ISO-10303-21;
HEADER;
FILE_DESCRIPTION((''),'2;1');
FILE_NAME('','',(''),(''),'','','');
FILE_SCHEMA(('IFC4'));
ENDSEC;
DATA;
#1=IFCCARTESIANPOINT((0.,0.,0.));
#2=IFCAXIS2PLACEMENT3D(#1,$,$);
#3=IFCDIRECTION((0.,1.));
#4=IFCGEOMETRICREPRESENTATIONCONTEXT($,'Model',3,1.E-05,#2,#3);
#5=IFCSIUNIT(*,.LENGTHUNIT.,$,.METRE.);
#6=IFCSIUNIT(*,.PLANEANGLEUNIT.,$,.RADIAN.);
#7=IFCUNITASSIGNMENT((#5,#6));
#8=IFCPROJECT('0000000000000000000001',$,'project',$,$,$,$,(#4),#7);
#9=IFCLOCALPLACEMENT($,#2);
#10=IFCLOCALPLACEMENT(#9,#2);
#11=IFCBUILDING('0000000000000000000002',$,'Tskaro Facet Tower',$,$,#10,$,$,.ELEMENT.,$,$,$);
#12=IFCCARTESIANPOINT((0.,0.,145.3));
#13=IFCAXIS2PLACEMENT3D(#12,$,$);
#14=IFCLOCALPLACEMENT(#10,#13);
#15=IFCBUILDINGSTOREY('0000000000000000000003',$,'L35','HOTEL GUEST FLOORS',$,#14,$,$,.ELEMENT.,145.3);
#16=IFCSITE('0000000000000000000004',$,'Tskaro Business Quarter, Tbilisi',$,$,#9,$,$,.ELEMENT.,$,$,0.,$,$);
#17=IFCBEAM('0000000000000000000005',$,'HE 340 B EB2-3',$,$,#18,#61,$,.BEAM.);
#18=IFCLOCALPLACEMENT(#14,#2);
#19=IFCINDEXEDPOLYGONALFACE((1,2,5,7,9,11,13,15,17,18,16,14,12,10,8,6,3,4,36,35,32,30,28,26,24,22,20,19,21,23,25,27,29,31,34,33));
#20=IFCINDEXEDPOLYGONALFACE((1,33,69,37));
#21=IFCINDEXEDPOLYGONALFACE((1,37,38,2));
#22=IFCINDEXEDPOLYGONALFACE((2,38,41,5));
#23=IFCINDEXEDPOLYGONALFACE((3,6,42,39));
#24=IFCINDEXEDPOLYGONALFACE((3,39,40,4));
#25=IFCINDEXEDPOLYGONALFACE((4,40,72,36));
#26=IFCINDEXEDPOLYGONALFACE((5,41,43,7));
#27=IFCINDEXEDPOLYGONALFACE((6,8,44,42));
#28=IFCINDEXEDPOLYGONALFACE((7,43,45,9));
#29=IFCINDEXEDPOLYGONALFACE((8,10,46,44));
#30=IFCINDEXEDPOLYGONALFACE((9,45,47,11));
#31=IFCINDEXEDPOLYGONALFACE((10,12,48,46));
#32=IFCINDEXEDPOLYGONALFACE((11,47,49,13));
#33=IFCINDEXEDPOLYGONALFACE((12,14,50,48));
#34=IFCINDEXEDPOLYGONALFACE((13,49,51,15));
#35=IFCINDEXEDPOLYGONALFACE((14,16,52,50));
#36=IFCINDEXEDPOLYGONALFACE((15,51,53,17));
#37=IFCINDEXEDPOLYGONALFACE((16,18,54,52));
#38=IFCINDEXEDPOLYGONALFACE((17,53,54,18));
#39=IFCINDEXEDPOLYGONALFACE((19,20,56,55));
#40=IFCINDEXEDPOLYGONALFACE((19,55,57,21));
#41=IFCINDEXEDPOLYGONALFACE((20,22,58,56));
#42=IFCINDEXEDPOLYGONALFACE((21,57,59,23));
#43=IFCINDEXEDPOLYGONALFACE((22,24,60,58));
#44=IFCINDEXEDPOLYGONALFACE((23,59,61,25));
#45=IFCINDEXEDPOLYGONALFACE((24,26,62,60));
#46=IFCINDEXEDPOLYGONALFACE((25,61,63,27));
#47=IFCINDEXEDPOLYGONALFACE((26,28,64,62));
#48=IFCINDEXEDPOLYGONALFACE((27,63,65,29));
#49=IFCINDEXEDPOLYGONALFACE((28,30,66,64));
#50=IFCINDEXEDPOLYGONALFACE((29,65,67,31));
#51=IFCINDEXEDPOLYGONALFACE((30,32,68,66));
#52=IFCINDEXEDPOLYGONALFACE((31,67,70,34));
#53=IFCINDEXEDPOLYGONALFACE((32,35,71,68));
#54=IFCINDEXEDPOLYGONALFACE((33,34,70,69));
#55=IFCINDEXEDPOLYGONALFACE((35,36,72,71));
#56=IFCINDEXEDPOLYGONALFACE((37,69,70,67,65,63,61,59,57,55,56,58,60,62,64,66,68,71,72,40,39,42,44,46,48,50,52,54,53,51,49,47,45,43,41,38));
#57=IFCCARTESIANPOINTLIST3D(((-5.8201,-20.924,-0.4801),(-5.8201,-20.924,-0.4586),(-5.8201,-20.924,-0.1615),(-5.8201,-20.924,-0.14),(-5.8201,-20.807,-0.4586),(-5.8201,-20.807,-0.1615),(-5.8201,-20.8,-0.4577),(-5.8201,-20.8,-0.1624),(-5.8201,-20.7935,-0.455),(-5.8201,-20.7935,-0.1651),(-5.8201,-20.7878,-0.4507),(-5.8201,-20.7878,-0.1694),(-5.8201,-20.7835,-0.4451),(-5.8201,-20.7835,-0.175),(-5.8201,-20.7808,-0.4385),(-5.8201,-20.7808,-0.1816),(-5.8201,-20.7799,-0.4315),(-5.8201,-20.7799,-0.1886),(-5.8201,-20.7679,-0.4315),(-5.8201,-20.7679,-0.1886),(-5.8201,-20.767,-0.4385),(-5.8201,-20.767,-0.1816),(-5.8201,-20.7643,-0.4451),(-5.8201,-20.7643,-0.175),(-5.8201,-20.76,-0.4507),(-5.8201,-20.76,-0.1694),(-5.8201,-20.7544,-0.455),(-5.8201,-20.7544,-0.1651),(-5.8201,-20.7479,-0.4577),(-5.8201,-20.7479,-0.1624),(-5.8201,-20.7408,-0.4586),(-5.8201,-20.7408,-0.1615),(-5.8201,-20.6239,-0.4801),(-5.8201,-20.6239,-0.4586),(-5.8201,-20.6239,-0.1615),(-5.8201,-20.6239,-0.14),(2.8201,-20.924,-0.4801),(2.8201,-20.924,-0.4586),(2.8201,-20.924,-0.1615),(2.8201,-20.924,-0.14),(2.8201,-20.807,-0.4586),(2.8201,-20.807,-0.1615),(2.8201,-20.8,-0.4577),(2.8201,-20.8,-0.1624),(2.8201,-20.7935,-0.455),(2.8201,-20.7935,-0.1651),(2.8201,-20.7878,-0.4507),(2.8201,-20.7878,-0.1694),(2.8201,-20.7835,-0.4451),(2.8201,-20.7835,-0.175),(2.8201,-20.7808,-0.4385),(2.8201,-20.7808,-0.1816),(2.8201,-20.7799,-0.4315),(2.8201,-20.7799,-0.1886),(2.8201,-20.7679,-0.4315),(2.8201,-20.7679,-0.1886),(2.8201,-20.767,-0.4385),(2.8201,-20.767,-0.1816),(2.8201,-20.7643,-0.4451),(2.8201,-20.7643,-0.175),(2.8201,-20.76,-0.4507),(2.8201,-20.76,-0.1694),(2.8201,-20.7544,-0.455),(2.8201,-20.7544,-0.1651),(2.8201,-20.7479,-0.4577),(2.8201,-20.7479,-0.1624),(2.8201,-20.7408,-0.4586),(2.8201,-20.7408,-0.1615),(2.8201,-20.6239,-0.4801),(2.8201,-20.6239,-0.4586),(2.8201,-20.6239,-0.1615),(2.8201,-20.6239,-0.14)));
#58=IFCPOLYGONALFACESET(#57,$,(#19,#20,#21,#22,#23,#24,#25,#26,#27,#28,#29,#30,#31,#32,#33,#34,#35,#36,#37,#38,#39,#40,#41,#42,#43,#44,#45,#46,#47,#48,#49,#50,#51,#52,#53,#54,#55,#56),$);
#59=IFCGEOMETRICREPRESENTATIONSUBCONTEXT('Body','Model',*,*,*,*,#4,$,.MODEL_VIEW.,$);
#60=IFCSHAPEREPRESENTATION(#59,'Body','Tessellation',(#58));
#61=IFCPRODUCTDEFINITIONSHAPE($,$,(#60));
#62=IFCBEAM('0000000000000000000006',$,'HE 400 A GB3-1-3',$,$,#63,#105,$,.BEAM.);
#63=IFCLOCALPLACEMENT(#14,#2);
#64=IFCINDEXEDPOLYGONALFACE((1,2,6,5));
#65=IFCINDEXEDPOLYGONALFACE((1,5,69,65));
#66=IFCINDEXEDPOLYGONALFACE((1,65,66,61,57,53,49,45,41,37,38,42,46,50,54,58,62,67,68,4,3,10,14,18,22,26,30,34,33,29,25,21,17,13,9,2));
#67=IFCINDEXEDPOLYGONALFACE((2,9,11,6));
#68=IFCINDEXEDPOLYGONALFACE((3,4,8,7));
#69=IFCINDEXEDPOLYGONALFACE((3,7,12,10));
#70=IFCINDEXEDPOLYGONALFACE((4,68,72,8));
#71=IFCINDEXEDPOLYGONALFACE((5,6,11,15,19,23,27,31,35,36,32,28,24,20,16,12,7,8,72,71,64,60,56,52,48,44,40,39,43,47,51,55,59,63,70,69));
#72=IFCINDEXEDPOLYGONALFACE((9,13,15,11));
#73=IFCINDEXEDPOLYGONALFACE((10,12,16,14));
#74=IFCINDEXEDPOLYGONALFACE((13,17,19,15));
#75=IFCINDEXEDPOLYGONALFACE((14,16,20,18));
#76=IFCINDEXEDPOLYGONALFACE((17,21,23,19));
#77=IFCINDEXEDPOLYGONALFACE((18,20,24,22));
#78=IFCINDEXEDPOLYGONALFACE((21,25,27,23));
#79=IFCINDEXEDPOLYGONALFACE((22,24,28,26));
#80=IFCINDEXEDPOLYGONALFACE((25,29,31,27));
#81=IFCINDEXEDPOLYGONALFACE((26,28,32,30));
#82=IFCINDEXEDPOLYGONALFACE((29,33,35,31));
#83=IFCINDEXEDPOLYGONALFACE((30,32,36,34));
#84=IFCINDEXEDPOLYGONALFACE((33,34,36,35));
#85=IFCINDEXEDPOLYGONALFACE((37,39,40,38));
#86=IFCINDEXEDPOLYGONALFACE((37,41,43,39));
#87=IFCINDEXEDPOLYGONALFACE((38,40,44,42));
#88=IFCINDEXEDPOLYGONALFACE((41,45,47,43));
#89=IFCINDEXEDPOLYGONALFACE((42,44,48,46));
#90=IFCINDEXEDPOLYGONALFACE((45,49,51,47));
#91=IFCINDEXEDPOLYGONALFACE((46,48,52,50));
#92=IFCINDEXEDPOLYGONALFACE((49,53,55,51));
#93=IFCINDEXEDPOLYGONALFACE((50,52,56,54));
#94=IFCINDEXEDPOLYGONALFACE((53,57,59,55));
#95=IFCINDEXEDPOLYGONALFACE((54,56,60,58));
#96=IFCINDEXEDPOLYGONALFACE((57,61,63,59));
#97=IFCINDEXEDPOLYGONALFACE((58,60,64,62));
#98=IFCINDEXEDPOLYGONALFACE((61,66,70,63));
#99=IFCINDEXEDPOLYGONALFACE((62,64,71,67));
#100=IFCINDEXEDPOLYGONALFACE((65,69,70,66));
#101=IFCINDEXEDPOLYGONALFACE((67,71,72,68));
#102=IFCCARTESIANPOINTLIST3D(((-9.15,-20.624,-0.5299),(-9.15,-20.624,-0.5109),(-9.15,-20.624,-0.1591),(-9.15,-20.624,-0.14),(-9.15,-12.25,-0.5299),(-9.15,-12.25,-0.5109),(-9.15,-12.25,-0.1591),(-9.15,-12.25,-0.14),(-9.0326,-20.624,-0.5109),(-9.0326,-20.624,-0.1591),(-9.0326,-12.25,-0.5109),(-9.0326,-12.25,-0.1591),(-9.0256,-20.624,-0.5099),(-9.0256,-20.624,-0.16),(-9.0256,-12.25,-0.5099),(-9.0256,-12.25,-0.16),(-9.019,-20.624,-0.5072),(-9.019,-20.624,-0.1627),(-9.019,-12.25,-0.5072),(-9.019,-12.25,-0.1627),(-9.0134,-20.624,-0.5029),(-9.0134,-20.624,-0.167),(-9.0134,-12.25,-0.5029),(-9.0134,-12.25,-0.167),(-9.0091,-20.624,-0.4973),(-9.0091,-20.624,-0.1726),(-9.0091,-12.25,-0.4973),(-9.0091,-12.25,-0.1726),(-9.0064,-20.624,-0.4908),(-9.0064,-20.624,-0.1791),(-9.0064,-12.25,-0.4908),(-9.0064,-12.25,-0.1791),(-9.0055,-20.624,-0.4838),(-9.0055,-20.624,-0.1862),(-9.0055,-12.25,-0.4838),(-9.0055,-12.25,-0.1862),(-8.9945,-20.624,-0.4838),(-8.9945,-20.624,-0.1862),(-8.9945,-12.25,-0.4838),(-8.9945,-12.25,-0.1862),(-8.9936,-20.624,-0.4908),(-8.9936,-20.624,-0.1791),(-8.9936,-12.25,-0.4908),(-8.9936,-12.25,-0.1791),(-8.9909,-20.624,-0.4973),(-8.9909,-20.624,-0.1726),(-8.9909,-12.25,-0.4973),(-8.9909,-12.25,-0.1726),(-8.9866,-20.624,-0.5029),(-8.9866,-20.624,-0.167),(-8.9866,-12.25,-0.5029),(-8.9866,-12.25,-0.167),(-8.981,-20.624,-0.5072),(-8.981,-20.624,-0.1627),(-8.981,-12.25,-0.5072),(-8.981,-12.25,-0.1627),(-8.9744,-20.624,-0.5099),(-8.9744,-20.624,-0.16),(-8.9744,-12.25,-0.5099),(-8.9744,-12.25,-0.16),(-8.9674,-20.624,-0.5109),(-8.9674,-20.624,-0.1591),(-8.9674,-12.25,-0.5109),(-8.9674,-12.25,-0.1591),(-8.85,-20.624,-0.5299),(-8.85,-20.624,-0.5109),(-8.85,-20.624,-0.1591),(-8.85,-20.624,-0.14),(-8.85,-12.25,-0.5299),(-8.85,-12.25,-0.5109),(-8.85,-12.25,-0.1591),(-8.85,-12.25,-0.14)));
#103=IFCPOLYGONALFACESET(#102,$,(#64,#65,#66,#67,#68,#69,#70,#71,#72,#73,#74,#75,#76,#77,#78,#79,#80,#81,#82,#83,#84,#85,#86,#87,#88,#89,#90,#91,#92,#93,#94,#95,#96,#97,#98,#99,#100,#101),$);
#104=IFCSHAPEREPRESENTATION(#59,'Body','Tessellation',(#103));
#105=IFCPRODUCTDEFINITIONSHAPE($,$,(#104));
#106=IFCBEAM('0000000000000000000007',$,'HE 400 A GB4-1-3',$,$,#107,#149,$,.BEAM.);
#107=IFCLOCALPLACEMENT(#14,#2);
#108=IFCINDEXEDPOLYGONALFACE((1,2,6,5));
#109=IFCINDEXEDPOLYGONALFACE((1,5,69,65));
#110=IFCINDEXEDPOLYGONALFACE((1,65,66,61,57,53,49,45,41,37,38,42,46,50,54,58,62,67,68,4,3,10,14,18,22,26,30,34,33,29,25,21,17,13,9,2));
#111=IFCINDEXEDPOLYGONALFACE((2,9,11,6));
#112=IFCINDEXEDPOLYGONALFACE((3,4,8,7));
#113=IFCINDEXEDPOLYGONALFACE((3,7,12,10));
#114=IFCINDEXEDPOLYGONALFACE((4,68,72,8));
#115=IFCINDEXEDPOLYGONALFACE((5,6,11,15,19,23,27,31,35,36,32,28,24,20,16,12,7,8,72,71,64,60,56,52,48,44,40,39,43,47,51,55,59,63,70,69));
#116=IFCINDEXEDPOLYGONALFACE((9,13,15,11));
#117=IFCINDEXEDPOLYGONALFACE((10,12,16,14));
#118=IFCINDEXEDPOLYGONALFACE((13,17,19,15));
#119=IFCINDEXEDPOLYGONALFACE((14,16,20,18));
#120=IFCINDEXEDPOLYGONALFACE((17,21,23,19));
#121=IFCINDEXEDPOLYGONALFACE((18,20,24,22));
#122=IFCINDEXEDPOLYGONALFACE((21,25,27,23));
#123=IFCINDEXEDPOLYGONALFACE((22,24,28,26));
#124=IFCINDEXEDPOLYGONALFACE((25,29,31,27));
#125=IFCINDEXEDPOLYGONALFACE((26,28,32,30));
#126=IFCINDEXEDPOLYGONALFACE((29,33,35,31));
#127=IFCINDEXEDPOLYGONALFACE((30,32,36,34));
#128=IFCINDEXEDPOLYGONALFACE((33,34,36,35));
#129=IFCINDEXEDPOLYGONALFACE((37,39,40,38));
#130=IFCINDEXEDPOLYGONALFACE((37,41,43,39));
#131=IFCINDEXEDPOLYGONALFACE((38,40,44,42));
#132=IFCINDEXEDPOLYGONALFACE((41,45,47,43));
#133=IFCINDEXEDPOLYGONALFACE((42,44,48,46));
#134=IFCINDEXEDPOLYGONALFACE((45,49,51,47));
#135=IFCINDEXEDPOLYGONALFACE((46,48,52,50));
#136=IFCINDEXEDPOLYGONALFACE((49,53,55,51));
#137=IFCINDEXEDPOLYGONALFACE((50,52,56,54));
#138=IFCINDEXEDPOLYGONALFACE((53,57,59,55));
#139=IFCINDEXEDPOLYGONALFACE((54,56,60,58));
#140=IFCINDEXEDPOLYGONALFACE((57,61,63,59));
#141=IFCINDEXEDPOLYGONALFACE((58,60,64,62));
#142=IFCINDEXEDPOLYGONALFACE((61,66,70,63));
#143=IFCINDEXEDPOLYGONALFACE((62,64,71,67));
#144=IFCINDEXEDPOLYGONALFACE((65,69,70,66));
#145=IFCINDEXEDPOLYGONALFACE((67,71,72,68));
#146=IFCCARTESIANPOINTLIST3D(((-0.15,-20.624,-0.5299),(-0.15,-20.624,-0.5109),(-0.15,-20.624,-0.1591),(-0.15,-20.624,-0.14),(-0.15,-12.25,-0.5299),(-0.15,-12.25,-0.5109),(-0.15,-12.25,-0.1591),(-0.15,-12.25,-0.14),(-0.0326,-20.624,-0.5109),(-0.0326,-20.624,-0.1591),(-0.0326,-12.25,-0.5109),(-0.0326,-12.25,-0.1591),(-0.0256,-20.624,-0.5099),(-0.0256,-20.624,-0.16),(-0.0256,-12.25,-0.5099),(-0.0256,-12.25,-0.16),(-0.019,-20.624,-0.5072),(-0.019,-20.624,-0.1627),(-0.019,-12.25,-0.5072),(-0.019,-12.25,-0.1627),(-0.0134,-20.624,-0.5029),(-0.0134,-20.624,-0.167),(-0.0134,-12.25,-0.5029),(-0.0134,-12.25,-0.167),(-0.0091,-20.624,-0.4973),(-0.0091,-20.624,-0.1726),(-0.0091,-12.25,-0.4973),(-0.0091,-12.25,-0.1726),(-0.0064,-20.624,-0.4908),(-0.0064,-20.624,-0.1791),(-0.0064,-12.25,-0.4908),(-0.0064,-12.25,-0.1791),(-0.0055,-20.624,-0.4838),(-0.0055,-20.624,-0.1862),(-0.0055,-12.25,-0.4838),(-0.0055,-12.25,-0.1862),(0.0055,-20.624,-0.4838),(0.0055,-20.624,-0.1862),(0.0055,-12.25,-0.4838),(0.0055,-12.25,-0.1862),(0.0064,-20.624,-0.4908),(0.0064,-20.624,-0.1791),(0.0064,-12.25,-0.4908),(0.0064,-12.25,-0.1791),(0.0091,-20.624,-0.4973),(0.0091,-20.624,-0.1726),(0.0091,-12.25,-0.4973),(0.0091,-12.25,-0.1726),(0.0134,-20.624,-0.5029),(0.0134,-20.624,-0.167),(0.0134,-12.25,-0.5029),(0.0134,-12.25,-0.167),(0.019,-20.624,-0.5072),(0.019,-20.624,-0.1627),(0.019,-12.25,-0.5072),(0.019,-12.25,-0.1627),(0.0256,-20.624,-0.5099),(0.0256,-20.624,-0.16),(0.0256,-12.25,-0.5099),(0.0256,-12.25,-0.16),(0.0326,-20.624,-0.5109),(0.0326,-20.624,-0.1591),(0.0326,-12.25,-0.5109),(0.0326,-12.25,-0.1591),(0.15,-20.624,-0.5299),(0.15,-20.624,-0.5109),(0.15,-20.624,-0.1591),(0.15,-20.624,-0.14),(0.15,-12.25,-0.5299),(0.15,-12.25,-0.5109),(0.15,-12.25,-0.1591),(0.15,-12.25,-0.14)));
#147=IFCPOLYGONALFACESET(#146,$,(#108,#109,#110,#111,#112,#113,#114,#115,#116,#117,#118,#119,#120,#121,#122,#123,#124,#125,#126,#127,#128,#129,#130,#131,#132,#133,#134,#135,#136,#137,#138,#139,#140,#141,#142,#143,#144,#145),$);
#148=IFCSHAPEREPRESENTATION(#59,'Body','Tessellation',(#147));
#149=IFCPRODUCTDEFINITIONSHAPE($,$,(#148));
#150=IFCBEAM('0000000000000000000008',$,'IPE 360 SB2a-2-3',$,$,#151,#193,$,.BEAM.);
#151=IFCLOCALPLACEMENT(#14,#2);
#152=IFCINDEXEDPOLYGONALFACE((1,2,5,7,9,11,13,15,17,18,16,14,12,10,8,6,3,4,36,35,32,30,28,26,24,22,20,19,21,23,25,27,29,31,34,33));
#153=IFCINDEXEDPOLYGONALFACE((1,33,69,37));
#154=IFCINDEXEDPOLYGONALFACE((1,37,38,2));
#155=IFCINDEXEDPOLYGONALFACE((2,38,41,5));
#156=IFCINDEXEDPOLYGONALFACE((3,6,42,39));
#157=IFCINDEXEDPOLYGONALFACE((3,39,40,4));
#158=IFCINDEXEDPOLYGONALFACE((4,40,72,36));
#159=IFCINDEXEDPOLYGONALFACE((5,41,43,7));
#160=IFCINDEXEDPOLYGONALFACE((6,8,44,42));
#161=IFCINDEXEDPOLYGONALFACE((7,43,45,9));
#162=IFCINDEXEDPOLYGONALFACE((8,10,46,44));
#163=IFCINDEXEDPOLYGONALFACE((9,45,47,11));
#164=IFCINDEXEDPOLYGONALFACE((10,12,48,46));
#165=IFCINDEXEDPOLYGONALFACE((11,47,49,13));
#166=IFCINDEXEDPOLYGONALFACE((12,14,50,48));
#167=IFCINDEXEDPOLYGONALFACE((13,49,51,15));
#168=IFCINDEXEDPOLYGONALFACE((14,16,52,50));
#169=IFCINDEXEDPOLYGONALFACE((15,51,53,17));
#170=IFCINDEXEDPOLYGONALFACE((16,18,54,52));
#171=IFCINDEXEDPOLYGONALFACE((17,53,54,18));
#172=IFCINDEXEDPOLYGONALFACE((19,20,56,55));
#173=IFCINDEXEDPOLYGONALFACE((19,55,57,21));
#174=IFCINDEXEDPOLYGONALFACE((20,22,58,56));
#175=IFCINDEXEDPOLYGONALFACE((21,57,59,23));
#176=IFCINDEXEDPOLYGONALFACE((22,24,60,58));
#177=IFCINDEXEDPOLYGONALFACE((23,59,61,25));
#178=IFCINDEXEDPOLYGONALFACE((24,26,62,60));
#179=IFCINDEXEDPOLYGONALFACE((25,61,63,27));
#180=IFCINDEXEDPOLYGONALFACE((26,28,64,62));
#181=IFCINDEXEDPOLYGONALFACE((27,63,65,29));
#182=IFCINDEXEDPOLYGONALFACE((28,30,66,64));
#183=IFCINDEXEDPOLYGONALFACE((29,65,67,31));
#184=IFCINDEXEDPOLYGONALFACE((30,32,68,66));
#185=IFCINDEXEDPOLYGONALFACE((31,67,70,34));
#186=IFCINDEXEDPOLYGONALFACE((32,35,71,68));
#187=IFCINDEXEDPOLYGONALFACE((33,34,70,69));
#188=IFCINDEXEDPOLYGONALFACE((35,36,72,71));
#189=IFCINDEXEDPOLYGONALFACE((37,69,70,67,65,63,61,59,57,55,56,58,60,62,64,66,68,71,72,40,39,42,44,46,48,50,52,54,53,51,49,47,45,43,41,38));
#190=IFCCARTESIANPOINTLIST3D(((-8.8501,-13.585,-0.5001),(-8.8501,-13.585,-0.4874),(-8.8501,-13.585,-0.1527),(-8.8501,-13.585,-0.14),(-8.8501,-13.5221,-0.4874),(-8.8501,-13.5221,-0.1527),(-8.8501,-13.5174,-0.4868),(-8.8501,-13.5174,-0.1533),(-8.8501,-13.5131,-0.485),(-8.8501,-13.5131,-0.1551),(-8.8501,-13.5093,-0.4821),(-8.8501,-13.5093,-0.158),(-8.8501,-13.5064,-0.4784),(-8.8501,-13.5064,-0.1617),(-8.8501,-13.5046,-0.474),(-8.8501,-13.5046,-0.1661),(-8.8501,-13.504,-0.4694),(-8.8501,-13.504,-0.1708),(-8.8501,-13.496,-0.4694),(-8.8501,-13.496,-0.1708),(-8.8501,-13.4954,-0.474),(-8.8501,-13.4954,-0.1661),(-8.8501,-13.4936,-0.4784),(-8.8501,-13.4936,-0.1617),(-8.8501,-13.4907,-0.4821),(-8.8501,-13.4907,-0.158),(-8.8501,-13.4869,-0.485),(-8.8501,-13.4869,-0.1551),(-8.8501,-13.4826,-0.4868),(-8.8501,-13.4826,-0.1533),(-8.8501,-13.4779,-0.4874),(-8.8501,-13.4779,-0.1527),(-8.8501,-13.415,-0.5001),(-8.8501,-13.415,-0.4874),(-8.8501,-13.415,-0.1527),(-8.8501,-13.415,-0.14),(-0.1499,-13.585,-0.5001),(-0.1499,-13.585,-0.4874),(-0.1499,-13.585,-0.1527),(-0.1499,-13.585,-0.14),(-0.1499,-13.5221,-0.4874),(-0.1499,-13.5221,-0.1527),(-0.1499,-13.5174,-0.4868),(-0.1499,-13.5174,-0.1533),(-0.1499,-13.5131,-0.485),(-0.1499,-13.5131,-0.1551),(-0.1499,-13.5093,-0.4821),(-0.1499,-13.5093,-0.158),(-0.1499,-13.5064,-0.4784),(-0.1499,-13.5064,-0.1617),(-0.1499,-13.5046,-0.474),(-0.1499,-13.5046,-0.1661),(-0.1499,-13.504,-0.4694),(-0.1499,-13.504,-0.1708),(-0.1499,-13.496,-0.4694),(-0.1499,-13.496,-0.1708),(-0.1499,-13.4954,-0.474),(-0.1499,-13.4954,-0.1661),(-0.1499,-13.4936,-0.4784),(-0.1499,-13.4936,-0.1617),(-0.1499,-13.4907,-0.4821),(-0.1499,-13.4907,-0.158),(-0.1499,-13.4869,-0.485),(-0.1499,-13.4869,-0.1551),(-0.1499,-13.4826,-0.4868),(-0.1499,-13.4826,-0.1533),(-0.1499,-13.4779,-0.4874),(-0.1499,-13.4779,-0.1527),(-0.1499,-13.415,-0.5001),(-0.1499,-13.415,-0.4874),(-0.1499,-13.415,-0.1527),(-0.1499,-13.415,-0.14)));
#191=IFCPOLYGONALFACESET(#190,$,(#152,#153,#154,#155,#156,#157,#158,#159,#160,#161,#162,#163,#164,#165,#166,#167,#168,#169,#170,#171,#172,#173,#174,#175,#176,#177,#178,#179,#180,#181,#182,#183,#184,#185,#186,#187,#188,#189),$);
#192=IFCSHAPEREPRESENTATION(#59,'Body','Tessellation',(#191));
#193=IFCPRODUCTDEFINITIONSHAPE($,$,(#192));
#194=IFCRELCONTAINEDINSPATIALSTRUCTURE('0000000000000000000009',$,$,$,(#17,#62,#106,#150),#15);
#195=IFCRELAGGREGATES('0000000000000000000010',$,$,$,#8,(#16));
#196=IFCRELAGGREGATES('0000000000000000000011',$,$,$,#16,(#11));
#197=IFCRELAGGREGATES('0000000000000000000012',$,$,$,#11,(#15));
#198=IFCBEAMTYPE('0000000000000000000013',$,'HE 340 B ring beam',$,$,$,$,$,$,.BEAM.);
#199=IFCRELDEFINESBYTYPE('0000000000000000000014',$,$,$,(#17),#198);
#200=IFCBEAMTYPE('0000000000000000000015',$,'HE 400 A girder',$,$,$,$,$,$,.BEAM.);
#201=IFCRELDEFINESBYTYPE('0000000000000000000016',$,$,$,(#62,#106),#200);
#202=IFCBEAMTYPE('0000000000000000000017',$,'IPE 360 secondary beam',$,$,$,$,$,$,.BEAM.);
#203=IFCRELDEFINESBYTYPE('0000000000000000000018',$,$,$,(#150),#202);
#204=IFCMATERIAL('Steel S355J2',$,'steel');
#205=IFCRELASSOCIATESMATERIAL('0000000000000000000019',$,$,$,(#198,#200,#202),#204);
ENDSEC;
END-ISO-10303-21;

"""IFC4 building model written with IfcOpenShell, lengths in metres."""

from ifc_helpers import new_model, si_unit, direction, frame, origin, origin_2d, place, context, subcontext, project, spatial, i_section, extrude, material, material_profile, profile_set, type_object, element, save


model = new_model("IFC4")

# Units and contexts
model_context = context("Model", 3, precision=1e-05, world=origin(), true_north=direction((0.0, 1.0)))
body_context = subcontext(model_context, "Body", "Model", "MODEL_VIEW")
ifc_project = project(units=[si_unit("LENGTHUNIT", "METRE"), si_unit("PLANEANGLEUNIT", "RADIAN")], contexts=[model_context])

# Site, building, storey
site_placement = place(None, origin())
site = spatial("IfcSite", under=ifc_project, at=site_placement, Name="Tskaro Business Quarter, Tbilisi", CompositionType="ELEMENT", RefElevation=0.0)
building_placement = place(site_placement, origin())
building = spatial("IfcBuilding", under=site, at=building_placement, Name="Tskaro Facet Tower", CompositionType="ELEMENT")
storey_placement = place(building_placement, frame((0.0, 0.0, 145.3)))
storey = spatial("IfcBuildingStorey", under=building, at=storey_placement, Name="L35", Description="HOTEL GUEST FLOORS", CompositionType="ELEMENT", Elevation=145.3)

# Beams
ifc_material_1 = material(Name="Steel S355J2", Category="steel")
ifc_material_profile_1 = material_profile(ifc_material_1, i_section(OverallWidth=0.3, OverallDepth=0.3401, WebThickness=0.012, FlangeThickness=0.0215, FilletRadius=0.0271, at=origin_2d()), Name="HE 340 B")
ifc_profile_set_1 = profile_set([ifc_material_profile_1], Name="Steel S355J2")
beam_type_1 = type_object("IfcBeamType", Name="HE 340 B ring beam", PredefinedType="BEAM", material=ifc_profile_set_1)
beam_placement = place(storey_placement, frame((-5.8201, -20.7739, -0.3101), z_axis=(1.0, 0.0, 0.0), x_axis=(0.0, 1.0, 0.0)))
element("IfcBeam", 1, at=beam_placement, inside=storey, type_object=beam_type_1, Name="HE 340 B EB2-3", PredefinedType="BEAM", context=body_context, shape_type="SweptSolid", body=[
    extrude(i_section(OverallWidth=0.3, OverallDepth=0.3401, WebThickness=0.012, FlangeThickness=0.0215, FilletRadius=0.0271, at=origin_2d()), origin(), (0.0, 0.0, 1.0), 8.6401),
])
ifc_material_profile_2 = material_profile(ifc_material_1, i_section(OverallWidth=0.3, OverallDepth=0.3899, WebThickness=0.011, FlangeThickness=0.019, FilletRadius=0.0271, at=origin_2d()), Name="HE 400 A")
ifc_profile_set_2 = profile_set([ifc_material_profile_2], Name="Steel S355J2")
beam_type_2 = type_object("IfcBeamType", Name="HE 400 A girder", PredefinedType="BEAM", material=ifc_profile_set_2)
for number, where, z_axis, x_axis, name in (
    (2, (-9.0, -20.624, -0.335), (0.0, 1.0, 0.0), (-1.0, 0.0, 0.0), "HE 400 A GB3-1-3"),
    (3, (0.0, -20.624, -0.335), (0.0, 1.0, 0.0), (-1.0, 0.0, 0.0), "HE 400 A GB4-1-3"),
):
    element("IfcBeam", number, at=place(storey_placement, frame(where, z_axis=z_axis, x_axis=x_axis)), inside=storey, type_object=beam_type_2, Name=name, PredefinedType="BEAM", context=body_context, shape_type="SweptSolid", body=[
        extrude(i_section(OverallWidth=0.3, OverallDepth=0.3899, WebThickness=0.011, FlangeThickness=0.019, FilletRadius=0.0271, at=origin_2d()), origin(), (0.0, 0.0, 1.0), 8.374),
    ])
ifc_material_profile_3 = material_profile(ifc_material_1, i_section(OverallWidth=0.1699, OverallDepth=0.3601, WebThickness=0.0081, FlangeThickness=0.0127, FilletRadius=0.0181, at=origin_2d()), Name="IPE 360")
ifc_profile_set_3 = profile_set([ifc_material_profile_3], Name="Steel S355J2")
beam_type_3 = type_object("IfcBeamType", Name="IPE 360 secondary beam", PredefinedType="BEAM", material=ifc_profile_set_3)
for number, where, z_axis, x_axis, name in (
    (4, (-8.8501, -13.5, -0.3201), (1.0, 0.0, 0.0), (0.0, 1.0, 0.0), "IPE 360 SB2a-2-3"),
):
    element("IfcBeam", number, at=place(storey_placement, frame(where, z_axis=z_axis, x_axis=x_axis)), inside=storey, type_object=beam_type_3, Name=name, PredefinedType="BEAM", context=body_context, shape_type="SweptSolid", body=[
        extrude(i_section(OverallWidth=0.1699, OverallDepth=0.3601, WebThickness=0.0081, FlangeThickness=0.0127, FilletRadius=0.0181, at=origin_2d()), origin(), (0.0, 0.0, 1.0), 8.7002),
    ])

save(model, "model.ifc")
